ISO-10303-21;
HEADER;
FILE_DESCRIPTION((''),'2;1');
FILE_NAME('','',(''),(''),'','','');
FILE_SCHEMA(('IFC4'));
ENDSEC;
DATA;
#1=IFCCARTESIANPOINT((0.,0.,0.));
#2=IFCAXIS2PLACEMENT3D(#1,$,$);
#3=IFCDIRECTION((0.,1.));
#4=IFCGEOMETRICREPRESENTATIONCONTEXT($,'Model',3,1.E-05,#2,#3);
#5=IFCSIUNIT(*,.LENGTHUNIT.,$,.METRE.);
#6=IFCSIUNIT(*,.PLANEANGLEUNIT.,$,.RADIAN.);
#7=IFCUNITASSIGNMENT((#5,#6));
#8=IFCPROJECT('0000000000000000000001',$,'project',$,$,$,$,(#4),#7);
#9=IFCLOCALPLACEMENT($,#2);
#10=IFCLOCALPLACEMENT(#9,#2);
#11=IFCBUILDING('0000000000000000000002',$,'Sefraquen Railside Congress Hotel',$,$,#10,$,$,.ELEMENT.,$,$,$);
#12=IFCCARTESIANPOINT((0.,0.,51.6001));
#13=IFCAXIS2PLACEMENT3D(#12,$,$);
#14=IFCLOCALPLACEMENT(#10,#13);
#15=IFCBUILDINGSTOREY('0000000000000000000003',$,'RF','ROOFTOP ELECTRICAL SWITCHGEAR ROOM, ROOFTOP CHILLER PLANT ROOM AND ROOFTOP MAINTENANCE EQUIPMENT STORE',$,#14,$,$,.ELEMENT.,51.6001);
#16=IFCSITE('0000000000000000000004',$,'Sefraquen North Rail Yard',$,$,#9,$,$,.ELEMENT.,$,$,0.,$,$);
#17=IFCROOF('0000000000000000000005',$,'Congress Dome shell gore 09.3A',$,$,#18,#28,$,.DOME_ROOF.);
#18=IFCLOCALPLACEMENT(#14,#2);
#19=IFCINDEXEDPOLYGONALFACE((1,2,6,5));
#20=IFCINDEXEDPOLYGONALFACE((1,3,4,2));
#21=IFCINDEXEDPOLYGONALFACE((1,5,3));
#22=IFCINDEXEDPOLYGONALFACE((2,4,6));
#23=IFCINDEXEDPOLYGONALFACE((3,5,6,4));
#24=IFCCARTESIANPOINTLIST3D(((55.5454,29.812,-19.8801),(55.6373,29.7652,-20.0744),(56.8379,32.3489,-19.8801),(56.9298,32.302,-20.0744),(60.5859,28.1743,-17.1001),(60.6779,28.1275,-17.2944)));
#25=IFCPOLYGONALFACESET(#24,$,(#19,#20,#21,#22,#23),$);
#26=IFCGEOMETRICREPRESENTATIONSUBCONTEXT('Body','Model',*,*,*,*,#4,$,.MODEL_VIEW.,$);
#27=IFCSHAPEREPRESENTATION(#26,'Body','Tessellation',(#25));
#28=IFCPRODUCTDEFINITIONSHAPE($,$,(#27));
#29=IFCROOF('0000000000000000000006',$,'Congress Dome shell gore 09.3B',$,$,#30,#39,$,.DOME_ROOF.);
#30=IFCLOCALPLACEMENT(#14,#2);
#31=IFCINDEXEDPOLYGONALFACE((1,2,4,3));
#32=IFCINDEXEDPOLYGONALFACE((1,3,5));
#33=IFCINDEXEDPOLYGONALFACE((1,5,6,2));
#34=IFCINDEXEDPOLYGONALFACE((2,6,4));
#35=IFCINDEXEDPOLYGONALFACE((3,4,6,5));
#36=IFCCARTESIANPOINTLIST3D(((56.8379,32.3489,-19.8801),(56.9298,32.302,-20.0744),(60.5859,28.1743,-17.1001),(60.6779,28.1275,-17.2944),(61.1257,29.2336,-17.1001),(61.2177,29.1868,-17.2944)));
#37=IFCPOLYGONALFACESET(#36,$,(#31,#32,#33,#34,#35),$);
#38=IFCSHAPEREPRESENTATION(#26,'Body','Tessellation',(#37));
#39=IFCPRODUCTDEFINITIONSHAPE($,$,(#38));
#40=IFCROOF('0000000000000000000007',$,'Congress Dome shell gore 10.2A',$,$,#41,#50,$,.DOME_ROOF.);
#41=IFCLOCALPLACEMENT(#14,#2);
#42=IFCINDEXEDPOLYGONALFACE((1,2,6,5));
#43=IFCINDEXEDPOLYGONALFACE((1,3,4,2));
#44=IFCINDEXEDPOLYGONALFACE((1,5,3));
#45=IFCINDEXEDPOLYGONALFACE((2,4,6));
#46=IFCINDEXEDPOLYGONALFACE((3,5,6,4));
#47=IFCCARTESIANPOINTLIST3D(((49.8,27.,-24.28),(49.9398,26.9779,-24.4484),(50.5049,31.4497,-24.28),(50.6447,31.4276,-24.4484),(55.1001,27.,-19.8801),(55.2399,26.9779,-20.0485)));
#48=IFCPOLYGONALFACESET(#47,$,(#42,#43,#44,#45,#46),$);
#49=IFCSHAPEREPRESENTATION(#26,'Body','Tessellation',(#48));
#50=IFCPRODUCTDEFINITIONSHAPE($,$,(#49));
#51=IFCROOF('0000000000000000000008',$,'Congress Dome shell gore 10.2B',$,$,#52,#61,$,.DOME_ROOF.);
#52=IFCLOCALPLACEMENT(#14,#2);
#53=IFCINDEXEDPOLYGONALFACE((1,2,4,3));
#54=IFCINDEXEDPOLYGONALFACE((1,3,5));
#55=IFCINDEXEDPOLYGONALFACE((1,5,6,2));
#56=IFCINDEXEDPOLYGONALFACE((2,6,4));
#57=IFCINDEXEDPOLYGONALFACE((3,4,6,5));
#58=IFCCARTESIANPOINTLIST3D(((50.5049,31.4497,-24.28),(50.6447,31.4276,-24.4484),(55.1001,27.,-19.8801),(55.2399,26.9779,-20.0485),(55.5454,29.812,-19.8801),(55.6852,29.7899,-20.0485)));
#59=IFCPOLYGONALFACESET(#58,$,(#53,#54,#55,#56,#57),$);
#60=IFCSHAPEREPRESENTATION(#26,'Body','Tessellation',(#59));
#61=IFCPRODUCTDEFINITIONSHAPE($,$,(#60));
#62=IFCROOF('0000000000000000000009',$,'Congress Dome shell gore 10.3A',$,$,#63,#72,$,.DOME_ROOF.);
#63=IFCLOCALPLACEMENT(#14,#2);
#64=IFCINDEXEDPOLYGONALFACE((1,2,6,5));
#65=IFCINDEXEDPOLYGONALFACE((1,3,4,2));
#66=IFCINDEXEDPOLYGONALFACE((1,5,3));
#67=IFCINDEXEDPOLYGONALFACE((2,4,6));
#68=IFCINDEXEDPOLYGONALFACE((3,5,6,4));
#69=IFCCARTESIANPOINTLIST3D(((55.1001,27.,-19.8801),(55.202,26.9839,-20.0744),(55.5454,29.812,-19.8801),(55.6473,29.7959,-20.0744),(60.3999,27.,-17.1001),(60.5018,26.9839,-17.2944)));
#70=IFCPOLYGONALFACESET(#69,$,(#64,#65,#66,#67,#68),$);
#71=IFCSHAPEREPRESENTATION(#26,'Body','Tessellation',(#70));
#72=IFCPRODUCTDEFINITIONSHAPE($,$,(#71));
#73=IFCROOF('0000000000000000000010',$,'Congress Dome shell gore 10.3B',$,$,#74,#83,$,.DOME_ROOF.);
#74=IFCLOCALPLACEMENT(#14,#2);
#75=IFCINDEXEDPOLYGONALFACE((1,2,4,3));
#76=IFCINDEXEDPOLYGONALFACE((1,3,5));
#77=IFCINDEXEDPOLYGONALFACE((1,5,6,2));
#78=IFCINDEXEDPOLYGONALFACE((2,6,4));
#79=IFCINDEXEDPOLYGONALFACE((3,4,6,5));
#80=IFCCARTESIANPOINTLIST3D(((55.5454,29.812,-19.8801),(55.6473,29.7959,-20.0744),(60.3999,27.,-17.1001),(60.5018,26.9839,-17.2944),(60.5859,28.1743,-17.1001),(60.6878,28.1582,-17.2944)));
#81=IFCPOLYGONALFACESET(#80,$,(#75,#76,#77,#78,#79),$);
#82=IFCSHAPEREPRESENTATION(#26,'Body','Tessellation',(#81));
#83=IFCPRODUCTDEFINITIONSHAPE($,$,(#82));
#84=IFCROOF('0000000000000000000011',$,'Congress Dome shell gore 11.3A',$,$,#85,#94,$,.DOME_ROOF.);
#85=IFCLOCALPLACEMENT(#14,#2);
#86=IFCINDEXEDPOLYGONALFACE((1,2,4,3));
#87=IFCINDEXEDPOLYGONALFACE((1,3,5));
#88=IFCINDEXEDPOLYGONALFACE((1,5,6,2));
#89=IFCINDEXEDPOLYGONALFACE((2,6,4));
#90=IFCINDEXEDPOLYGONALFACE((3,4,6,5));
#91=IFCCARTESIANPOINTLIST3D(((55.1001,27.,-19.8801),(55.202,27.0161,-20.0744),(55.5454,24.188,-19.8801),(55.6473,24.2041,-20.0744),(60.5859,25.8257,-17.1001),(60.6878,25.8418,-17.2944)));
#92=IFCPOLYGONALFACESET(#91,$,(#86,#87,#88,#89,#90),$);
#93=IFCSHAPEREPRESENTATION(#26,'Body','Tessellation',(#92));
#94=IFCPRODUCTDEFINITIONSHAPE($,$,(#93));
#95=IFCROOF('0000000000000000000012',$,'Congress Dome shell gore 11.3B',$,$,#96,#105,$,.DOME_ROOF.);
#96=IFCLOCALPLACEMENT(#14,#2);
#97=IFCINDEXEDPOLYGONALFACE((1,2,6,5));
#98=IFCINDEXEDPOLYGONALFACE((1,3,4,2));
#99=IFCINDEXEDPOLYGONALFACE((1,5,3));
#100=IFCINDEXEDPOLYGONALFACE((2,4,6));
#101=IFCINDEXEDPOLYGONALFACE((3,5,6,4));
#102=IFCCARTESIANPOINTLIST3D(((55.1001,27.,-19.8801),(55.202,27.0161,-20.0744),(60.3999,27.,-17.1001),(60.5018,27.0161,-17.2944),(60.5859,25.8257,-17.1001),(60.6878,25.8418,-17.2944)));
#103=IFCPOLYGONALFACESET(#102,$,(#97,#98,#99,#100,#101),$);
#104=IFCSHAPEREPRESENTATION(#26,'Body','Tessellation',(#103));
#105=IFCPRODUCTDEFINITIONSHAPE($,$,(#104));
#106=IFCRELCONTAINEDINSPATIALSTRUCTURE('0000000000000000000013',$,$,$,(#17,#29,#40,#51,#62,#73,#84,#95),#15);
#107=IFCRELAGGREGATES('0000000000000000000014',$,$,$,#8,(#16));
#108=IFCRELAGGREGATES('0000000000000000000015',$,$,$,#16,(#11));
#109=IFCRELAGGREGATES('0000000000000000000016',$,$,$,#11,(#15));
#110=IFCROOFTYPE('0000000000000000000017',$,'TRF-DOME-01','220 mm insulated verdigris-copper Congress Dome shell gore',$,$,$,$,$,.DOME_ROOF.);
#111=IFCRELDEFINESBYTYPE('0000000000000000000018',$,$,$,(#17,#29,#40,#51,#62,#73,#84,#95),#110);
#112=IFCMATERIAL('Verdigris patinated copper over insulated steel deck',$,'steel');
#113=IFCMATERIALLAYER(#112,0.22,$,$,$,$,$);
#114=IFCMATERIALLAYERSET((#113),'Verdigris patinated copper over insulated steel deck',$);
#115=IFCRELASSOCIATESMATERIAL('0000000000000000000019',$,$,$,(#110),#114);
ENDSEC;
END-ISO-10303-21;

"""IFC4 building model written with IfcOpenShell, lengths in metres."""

from ifc_helpers import new_model, si_unit, direction, frame, origin, place, context, subcontext, project, spatial, polyline, outline, extrude, material, layer, layer_set, type_object, element, save


model = new_model("IFC4")

# Units and contexts
model_context = context("Model", 3, precision=1e-05, world=origin(), true_north=direction((0.0, 1.0)))
body_context = subcontext(model_context, "Body", "Model", "MODEL_VIEW")
ifc_project = project(units=[si_unit("LENGTHUNIT", "METRE"), si_unit("PLANEANGLEUNIT", "RADIAN")], contexts=[model_context])

# Site, building, storey
site_placement = place(None, origin())
site = spatial("IfcSite", under=ifc_project, at=site_placement, Name="Sefraquen North Rail Yard", CompositionType="ELEMENT", RefElevation=0.0)
building_placement = place(site_placement, origin())
building = spatial("IfcBuilding", under=site, at=building_placement, Name="Sefraquen Railside Congress Hotel", CompositionType="ELEMENT")
storey_placement = place(building_placement, frame((0.0, 0.0, 51.6001)))
storey = spatial("IfcBuildingStorey", under=building, at=storey_placement, Name="RF", Description="ROOFTOP ELECTRICAL SWITCHGEAR ROOM, ROOFTOP CHILLER PLANT ROOM AND ROOFTOP MAINTENANCE EQUIPMENT STORE", CompositionType="ELEMENT", Elevation=51.6001)

# Roofs
ifc_material_1 = material(Name="Verdigris patinated copper over insulated steel deck", Category="steel")
ifc_layer = layer(ifc_material_1, 0.22)
ifc_layer_set = layer_set([ifc_layer], Name="Verdigris patinated copper over insulated steel deck")
roof_type = type_object("IfcRoofType", Name="TRF-DOME-01", Description="220 mm insulated verdigris-copper Congress Dome shell gore", PredefinedType="DOME_ROOF", material=ifc_layer_set)
roof_1_placement = place(storey_placement, frame((56.8379, 32.3489, -19.8801), z_axis=(-0.417924, 0.212924, 0.883178), x_axis=(-0.453958, -0.891023, 0.0)))
element("IfcRoof", 1, at=roof_1_placement, inside=storey, type_object=roof_type, Name="Congress Dome shell gore 09.3A", PredefinedType="DOME_ROOF", context=body_context, shape_type="SweptSolid", body=[
    extrude(outline(polyline([(0.0, 0.0), (2.8471, 0.0), (2.0182, 5.9271), (0.0, 0.0)])), origin(), (0.0, 0.0, -1.0), 0.22),
])
roof_2_placement = place(storey_placement, frame((56.8379, 32.3489, -19.8801), z_axis=(-0.417901, 0.212947, 0.883183), x_axis=(0.598609, -0.666729, 0.444005)))
element("IfcRoof", 2, at=roof_2_placement, inside=storey, type_object=roof_type, Name="Congress Dome shell gore 09.3B", PredefinedType="DOME_ROOF", context=body_context, shape_type="SweptSolid", body=[
    extrude(outline(polyline([(0.0, 0.0), (6.2613, 0.0), (5.8781, 1.1255), (0.0, 0.0)])), origin(), (0.0, 0.0, -1.0), 0.22),
])
roof_3_placement = place(storey_placement, frame((50.5049, 31.4497, -24.28), z_axis=(-0.635499, 0.100663, 0.765512), x_axis=(-0.15645, -0.987686, 0.0)))
element("IfcRoof", 3, at=roof_3_placement, inside=storey, type_object=roof_type, Name="Congress Dome shell gore 10.2A", PredefinedType="DOME_ROOF", context=body_context, shape_type="SweptSolid", body=[
    extrude(outline(polyline([(0.0, 0.0), (4.5052, 0.0), (3.676, 6.8383), (0.0, 0.0)])), origin(), (0.0, 0.0, -1.0), 0.22),
])
roof_4_placement = place(storey_placement, frame((50.5049, 31.4497, -24.28), z_axis=(-0.635513, 0.10064, 0.765503), x_axis=(0.591885, -0.573143, 0.566728)))
element("IfcRoof", 4, at=roof_4_placement, inside=storey, type_object=roof_type, Name="Congress Dome shell gore 10.2B", PredefinedType="DOME_ROOF", context=body_context, shape_type="SweptSolid", body=[
    extrude(outline(polyline([(0.0, 0.0), (7.7637, 0.0), (6.4156, 2.5077), (0.0, 0.0)])), origin(), (0.0, 0.0, -1.0), 0.22),
])
roof_5_placement = place(storey_placement, frame((55.5454, 29.812, -19.8801), z_axis=(-0.463272, 0.073364, 0.883174), x_axis=(-0.156412, -0.987692, 0.0)))
element("IfcRoof", 5, at=roof_5_placement, inside=storey, type_object=roof_type, Name="Congress Dome shell gore 10.3A", PredefinedType="DOME_ROOF", context=body_context, shape_type="SweptSolid", body=[
    extrude(outline(polyline([(0.0, 0.0), (2.8471, 0.0), (2.0181, 5.927), (0.0, 0.0)])), origin(), (0.0, 0.0, -1.0), 0.22),
])
roof_6_placement = place(storey_placement, frame((55.5454, 29.812, -19.8801), z_axis=(-0.46326, 0.07339, 0.883179), x_axis=(0.775335, -0.44912, 0.444012)))
element("IfcRoof", 6, at=roof_6_placement, inside=storey, type_object=roof_type, Name="Congress Dome shell gore 10.3B", PredefinedType="DOME_ROOF", context=body_context, shape_type="SweptSolid", body=[
    extrude(outline(polyline([(0.0, 0.0), (6.2612, 0.0), (5.878, 1.1255), (0.0, 0.0)])), origin(), (0.0, 0.0, -1.0), 0.22),
])
roof_7_placement = place(storey_placement, frame((55.1001, 27.0, -19.8801), z_axis=(-0.463267, -0.073363, 0.883177), x_axis=(0.156412, -0.987692, 0.0)))
element("IfcRoof", 7, at=roof_7_placement, inside=storey, type_object=roof_type, Name="Congress Dome shell gore 11.3A", PredefinedType="DOME_ROOF", context=body_context, shape_type="SweptSolid", body=[
    extrude(outline(polyline([(0.0, 0.0), (2.8471, 0.0), (2.0179, 5.9271), (0.0, 0.0)])), origin(), (0.0, 0.0, -1.0), 0.22),
])
roof_8_placement = place(storey_placement, frame((55.1001, 27.0, -19.8801), z_axis=(-0.463271, -0.073391, 0.883173), x_axis=(0.876171, -0.187556, 0.444012)))
element("IfcRoof", 8, at=roof_8_placement, inside=storey, type_object=roof_type, Name="Congress Dome shell gore 11.3B", PredefinedType="DOME_ROOF", context=body_context, shape_type="SweptSolid", body=[
    extrude(outline(polyline([(0.0, 0.0), (6.2612, 0.0), (5.8779, 1.1255), (0.0, 0.0)])), origin(), (0.0, 0.0, -1.0), 0.22),
])

save(model, "model.ifc")
